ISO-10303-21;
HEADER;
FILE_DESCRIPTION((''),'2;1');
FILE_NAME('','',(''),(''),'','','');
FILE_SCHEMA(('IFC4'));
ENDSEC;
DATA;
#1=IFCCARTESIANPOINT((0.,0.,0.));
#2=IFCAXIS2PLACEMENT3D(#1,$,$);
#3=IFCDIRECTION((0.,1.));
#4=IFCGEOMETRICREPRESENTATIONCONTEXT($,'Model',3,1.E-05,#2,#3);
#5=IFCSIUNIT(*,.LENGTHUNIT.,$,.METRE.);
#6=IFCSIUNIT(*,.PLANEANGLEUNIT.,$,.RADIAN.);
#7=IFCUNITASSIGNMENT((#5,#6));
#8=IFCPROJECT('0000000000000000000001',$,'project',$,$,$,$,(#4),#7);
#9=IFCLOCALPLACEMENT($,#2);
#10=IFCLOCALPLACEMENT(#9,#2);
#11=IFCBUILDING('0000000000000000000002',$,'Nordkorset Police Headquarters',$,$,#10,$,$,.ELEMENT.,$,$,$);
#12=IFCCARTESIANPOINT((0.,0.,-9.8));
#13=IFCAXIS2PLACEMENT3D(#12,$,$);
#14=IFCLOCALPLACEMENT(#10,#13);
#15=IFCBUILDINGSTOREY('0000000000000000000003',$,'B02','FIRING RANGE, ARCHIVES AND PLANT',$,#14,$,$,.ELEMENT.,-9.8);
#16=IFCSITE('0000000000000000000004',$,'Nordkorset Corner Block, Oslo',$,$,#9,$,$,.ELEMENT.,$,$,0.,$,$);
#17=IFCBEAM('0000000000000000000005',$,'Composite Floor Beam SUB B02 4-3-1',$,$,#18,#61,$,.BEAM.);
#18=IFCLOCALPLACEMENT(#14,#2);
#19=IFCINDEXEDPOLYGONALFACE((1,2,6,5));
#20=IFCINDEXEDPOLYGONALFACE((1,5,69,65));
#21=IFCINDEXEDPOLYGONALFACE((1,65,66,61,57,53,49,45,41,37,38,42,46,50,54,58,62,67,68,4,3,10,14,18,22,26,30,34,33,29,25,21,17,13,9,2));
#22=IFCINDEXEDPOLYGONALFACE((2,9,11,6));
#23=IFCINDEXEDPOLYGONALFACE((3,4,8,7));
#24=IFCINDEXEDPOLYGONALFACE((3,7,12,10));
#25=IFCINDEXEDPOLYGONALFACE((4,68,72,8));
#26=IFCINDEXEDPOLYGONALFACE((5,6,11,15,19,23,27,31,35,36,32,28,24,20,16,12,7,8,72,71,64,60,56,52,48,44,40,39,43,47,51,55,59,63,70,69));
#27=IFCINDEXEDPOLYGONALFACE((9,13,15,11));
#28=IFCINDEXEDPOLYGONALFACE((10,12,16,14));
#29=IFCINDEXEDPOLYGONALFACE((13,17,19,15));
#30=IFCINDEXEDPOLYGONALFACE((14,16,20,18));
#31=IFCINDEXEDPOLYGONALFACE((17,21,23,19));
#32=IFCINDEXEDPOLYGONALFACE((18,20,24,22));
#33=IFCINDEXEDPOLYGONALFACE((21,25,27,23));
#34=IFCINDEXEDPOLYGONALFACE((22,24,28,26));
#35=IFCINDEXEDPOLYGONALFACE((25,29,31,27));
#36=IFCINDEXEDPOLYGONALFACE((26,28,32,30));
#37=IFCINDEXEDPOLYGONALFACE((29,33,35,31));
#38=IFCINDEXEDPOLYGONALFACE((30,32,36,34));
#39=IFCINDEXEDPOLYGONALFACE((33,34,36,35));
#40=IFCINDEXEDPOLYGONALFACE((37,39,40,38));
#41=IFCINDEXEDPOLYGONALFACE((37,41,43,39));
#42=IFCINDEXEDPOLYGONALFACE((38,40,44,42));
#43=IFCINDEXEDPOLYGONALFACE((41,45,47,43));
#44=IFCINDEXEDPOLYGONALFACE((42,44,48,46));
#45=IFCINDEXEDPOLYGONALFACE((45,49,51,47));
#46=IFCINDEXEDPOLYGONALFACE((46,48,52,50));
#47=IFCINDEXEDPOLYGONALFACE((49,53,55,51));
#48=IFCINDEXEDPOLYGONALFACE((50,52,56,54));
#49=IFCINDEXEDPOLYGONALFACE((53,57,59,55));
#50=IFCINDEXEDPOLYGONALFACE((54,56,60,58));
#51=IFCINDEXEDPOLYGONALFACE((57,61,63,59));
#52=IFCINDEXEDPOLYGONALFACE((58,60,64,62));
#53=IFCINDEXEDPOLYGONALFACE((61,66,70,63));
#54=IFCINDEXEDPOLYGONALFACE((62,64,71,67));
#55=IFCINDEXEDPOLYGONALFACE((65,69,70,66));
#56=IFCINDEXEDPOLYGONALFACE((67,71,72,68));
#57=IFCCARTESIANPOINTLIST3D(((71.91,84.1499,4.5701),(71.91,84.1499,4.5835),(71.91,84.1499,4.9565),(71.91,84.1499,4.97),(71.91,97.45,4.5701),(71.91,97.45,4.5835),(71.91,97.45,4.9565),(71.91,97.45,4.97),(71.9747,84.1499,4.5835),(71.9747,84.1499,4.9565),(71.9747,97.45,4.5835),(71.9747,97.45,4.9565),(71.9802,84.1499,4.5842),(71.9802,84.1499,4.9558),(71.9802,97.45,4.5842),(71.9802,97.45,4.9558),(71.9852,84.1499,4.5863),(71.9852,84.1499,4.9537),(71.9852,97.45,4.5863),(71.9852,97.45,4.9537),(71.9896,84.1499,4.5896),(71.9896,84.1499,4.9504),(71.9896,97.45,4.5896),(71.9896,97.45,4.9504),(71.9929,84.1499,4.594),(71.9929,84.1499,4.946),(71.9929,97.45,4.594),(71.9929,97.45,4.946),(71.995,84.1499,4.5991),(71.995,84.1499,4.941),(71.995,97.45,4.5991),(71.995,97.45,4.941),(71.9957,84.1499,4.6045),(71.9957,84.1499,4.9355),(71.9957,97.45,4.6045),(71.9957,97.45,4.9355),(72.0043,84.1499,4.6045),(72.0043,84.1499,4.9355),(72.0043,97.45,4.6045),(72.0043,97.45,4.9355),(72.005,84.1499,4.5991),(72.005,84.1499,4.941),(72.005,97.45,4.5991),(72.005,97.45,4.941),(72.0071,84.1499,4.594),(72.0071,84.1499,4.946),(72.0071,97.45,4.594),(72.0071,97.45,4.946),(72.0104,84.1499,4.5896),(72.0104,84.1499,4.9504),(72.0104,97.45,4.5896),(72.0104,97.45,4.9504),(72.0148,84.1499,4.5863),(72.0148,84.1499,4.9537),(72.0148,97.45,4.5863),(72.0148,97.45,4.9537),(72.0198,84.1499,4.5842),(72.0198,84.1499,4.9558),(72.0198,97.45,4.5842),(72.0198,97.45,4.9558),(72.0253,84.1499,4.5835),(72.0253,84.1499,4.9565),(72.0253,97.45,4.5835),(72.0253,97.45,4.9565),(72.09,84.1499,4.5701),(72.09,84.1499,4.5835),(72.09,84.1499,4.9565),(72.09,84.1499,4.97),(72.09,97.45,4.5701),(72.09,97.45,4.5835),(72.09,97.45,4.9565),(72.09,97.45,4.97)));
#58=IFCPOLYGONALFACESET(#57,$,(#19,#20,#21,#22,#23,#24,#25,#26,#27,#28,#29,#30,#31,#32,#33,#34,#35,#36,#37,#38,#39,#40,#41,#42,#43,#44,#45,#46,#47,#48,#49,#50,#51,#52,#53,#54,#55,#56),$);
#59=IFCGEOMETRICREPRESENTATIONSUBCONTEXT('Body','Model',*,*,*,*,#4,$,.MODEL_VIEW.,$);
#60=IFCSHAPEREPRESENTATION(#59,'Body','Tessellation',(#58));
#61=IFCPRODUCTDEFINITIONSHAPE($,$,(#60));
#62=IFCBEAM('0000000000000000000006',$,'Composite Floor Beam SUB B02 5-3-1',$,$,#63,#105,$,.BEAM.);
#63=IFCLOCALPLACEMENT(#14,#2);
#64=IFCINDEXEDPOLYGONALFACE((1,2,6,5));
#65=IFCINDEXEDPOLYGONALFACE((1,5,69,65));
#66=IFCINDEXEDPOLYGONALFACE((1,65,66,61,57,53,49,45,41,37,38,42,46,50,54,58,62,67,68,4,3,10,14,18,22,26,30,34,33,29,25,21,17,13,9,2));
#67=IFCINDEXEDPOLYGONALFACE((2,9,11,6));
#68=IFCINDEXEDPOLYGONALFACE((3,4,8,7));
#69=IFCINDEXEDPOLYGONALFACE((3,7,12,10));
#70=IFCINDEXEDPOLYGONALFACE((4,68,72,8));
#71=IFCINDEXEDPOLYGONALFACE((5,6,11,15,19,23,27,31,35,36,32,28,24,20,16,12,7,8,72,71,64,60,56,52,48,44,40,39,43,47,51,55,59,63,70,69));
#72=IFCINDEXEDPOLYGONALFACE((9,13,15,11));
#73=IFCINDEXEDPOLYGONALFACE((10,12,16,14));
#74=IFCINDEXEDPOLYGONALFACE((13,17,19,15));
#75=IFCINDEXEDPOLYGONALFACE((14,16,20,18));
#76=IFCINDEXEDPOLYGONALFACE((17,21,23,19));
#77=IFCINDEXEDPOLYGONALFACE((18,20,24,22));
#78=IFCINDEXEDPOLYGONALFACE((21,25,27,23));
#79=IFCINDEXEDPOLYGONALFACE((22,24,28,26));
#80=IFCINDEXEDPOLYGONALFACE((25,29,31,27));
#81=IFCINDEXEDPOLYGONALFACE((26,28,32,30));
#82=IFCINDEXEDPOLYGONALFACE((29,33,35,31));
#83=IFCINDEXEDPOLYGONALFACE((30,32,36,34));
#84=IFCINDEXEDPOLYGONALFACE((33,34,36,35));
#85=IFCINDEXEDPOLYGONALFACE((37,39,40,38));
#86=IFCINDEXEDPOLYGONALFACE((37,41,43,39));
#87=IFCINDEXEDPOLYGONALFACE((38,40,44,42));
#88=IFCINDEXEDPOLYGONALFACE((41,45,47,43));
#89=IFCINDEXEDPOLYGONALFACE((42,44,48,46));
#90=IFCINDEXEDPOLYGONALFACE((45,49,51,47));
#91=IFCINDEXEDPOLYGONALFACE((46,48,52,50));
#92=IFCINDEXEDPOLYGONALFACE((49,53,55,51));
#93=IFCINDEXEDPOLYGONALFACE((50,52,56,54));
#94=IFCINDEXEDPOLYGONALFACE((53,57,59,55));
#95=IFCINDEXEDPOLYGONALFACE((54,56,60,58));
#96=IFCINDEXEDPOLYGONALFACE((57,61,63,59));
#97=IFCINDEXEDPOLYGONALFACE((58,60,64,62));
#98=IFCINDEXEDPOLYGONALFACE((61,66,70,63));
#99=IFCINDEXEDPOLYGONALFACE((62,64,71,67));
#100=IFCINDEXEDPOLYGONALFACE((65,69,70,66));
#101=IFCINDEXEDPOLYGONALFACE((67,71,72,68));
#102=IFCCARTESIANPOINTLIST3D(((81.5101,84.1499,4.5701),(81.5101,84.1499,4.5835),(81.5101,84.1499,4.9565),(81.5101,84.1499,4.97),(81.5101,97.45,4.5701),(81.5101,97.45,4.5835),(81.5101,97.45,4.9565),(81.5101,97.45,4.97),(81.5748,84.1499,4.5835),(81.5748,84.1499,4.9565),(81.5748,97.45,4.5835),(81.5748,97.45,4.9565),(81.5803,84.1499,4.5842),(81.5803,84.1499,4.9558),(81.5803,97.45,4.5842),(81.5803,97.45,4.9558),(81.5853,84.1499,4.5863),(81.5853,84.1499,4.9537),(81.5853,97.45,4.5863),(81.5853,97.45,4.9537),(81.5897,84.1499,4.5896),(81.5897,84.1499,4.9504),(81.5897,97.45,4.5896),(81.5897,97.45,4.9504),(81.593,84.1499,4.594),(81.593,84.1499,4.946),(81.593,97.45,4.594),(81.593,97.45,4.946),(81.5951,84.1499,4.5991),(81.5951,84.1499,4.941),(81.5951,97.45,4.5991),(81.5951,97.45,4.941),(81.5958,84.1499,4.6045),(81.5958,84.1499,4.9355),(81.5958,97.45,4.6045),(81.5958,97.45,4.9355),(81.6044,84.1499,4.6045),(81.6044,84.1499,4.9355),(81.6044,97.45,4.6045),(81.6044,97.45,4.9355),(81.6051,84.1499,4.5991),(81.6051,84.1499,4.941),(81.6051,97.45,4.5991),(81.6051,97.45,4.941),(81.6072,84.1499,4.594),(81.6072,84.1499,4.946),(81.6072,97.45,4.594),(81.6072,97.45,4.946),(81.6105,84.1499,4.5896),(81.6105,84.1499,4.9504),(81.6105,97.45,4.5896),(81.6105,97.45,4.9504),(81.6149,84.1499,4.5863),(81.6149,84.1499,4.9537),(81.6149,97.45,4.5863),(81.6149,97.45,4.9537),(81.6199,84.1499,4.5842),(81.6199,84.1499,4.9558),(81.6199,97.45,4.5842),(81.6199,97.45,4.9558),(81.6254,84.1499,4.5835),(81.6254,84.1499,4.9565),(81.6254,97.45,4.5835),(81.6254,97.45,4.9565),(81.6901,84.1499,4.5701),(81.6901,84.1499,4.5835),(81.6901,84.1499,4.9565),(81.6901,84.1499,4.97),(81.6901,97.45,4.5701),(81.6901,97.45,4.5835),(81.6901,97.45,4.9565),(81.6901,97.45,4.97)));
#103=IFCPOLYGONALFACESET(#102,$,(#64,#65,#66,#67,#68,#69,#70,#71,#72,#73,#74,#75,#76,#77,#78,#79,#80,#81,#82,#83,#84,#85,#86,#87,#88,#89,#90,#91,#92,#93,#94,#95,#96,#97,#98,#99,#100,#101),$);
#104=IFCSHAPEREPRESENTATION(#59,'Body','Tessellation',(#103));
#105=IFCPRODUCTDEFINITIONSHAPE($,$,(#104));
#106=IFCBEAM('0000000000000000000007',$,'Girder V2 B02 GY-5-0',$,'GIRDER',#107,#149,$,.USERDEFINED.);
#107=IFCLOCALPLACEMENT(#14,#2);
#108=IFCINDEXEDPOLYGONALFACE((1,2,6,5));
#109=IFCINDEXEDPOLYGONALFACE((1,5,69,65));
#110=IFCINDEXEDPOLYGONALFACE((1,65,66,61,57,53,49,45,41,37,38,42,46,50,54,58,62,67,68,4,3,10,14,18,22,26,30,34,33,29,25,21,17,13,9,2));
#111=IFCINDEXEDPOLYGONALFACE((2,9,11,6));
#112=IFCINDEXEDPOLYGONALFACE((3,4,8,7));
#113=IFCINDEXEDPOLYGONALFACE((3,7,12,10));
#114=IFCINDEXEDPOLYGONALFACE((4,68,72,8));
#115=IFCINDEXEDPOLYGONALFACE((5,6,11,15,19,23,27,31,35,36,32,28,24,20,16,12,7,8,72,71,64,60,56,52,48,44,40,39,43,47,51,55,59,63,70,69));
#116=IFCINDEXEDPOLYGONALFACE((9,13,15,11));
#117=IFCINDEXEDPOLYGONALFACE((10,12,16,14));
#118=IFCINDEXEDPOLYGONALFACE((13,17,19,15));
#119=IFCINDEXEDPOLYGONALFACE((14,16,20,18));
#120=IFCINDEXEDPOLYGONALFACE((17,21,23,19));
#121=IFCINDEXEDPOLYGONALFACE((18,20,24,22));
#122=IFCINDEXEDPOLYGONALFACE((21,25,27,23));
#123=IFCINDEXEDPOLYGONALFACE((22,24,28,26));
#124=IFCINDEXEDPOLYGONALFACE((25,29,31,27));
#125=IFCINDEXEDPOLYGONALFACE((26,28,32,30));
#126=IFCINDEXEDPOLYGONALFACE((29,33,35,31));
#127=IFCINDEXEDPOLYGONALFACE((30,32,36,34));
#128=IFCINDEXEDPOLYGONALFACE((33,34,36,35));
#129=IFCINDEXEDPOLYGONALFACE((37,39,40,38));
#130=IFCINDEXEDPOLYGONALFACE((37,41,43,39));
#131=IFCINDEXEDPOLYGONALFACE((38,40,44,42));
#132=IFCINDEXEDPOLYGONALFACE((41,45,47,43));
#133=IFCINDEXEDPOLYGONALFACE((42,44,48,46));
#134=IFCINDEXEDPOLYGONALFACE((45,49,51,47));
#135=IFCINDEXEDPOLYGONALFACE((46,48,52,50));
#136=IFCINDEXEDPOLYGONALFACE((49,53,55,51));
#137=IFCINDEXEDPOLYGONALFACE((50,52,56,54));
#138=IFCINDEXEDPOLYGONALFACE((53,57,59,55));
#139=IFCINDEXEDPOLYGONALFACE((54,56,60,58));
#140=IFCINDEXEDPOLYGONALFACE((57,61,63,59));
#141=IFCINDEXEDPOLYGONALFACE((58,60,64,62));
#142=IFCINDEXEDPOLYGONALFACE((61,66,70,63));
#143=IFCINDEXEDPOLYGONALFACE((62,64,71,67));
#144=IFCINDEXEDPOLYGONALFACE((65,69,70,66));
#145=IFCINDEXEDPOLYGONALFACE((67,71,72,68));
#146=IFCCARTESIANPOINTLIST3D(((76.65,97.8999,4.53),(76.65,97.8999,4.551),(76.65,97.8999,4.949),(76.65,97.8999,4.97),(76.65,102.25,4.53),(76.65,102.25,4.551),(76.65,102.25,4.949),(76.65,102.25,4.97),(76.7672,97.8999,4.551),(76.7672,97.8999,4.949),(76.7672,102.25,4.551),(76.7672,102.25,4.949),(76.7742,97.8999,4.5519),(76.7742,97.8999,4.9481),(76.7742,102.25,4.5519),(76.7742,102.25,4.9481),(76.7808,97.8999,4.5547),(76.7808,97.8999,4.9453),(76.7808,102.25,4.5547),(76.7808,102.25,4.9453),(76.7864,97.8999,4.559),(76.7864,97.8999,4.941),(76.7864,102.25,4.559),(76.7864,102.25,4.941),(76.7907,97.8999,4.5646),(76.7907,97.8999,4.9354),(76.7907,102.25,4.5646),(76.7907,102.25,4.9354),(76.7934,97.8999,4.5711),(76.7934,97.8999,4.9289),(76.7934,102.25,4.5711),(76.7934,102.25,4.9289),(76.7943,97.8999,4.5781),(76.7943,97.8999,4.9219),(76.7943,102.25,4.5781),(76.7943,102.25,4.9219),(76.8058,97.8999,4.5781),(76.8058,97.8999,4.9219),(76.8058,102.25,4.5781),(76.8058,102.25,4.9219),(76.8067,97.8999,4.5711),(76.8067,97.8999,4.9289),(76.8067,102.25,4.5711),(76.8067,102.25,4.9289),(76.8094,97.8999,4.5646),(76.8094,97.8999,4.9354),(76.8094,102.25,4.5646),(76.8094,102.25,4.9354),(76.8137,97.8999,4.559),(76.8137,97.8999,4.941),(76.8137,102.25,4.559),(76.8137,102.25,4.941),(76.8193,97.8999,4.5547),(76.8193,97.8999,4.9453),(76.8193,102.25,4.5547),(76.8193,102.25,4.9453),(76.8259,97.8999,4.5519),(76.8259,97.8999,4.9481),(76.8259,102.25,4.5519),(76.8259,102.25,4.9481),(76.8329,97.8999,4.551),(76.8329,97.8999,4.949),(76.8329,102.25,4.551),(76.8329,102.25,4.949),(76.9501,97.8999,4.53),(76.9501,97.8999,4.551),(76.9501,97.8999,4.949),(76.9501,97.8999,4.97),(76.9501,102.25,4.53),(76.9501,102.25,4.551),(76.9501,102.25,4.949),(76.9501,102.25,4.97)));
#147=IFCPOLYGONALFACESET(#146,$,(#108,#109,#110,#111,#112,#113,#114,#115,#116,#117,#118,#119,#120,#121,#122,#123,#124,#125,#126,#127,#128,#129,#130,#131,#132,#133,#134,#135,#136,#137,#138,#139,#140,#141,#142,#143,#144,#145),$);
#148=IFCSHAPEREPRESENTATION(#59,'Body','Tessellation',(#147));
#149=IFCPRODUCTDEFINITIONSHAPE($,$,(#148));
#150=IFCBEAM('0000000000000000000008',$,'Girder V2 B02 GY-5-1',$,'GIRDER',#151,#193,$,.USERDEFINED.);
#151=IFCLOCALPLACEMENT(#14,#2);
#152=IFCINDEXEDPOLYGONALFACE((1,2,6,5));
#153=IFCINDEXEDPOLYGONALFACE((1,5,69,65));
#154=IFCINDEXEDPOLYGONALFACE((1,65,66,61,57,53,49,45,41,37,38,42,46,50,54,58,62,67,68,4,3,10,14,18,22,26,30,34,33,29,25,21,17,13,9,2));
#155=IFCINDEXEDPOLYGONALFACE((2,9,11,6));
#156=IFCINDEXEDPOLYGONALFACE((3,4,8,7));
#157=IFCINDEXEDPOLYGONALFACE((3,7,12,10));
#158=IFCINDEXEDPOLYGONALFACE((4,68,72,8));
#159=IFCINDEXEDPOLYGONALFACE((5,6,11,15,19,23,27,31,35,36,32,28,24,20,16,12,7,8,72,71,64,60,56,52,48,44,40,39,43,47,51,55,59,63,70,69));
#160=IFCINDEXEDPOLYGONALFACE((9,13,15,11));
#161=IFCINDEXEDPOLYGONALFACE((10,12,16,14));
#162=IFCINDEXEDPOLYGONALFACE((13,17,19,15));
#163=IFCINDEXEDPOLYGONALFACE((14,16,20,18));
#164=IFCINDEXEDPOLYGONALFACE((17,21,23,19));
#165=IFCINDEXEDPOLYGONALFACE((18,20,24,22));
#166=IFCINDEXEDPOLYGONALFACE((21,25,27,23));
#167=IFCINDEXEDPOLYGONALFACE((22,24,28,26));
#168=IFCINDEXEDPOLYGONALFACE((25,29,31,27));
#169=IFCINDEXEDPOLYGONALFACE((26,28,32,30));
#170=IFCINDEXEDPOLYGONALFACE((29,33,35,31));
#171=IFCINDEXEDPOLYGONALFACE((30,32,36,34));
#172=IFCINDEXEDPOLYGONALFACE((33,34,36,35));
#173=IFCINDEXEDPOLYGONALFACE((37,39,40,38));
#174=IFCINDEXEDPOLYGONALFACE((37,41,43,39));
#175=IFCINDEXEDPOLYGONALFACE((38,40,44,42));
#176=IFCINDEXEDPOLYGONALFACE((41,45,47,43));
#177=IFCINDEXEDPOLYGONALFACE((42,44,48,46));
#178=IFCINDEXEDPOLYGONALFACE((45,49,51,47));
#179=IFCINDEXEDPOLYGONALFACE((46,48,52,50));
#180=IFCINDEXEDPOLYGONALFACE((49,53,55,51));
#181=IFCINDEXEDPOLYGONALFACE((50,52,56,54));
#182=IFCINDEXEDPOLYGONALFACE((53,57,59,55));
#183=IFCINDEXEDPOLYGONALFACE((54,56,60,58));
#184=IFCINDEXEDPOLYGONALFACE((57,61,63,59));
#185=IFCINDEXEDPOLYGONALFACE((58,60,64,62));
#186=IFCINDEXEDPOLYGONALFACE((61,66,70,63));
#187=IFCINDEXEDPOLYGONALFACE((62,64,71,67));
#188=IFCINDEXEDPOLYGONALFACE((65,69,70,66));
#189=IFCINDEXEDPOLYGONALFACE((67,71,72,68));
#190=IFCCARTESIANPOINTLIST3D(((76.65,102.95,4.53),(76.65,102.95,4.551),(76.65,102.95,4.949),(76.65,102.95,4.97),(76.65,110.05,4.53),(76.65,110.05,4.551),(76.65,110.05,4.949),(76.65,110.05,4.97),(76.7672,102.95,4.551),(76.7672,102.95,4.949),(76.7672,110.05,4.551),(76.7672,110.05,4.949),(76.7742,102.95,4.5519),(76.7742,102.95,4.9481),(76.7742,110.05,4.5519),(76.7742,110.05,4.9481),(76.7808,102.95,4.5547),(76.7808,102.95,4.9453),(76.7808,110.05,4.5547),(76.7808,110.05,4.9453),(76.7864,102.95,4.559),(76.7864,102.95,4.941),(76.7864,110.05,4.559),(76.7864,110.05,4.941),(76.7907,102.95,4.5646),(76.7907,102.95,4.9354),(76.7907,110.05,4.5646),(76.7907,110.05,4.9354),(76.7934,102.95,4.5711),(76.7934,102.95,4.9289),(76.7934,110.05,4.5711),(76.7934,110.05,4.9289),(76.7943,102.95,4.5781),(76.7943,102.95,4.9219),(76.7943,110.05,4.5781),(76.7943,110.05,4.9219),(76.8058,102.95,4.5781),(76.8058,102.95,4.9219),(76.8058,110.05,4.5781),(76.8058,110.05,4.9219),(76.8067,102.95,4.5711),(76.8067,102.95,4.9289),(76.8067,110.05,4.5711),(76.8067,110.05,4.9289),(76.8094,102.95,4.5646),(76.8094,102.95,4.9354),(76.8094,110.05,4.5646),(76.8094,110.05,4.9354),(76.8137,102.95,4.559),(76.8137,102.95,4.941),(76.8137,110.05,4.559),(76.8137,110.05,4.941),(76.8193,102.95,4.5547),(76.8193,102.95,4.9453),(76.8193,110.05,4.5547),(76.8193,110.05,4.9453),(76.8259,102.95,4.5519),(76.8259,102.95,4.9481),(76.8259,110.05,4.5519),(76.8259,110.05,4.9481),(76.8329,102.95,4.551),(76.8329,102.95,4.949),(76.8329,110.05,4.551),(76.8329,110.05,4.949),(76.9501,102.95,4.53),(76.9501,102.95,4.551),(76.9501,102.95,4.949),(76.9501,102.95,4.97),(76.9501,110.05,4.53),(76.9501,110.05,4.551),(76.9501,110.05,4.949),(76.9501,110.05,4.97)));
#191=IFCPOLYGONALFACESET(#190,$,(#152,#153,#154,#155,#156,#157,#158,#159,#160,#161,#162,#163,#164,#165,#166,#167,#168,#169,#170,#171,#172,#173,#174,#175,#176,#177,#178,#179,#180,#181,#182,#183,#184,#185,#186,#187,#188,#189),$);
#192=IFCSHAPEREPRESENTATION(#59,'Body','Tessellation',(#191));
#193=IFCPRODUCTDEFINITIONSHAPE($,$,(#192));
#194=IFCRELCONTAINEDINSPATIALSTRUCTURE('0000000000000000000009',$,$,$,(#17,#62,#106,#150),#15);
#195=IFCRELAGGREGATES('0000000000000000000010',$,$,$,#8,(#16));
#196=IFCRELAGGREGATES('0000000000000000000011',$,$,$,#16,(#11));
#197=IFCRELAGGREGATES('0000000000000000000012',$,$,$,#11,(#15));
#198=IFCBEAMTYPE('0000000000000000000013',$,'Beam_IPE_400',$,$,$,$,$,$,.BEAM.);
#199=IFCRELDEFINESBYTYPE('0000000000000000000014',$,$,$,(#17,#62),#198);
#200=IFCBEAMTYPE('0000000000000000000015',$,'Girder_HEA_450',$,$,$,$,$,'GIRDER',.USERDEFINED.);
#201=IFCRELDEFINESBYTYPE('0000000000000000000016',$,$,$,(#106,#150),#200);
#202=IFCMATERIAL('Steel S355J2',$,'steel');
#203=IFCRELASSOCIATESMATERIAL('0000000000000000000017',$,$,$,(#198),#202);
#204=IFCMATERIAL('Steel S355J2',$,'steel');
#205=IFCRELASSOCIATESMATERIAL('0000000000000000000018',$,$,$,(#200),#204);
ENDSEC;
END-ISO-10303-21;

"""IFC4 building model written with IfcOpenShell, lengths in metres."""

from ifc_helpers import new_model, si_unit, direction, frame, origin, origin_2d, place, context, subcontext, project, spatial, i_section, extrude, material, material_profile, profile_set, type_object, element, save


model = new_model("IFC4")

# Units and contexts
model_context = context("Model", 3, precision=1e-05, world=origin(), true_north=direction((0.0, 1.0)))
body_context = subcontext(model_context, "Body", "Model", "MODEL_VIEW")
ifc_project = project(units=[si_unit("LENGTHUNIT", "METRE"), si_unit("PLANEANGLEUNIT", "RADIAN")], contexts=[model_context])

# Site, building, storey
site_placement = place(None, origin())
site = spatial("IfcSite", under=ifc_project, at=site_placement, Name="Nordkorset Corner Block, Oslo", CompositionType="ELEMENT", RefElevation=0.0)
building_placement = place(site_placement, origin())
building = spatial("IfcBuilding", under=site, at=building_placement, Name="Nordkorset Police Headquarters", CompositionType="ELEMENT")
storey_placement = place(building_placement, frame((0.0, 0.0, -9.8)))
storey = spatial("IfcBuildingStorey", under=building, at=storey_placement, Name="B02", Description="FIRING RANGE, ARCHIVES AND PLANT", CompositionType="ELEMENT", Elevation=-9.8)

# Beams
ifc_material_1 = material(Name="Steel S355J2", Category="steel")
ifc_material_profile_1 = material_profile(ifc_material_1, i_section(OverallWidth=0.1799, OverallDepth=0.3999, WebThickness=0.0085, FlangeThickness=0.0134, FilletRadius=0.021, at=origin_2d()), Name="IPE 400")
ifc_profile_set_1 = profile_set([ifc_material_profile_1], Name="Steel S355J2")
beam_type_1 = type_object("IfcBeamType", Name="Beam_IPE_400", PredefinedType="BEAM", material=ifc_profile_set_1)
for number, where, z_axis, x_axis, name in (
    (1, (72.0, 84.1499, 4.77), (0.0, 1.0, 0.0), (-1.0, 0.0, 0.0), "Composite Floor Beam SUB B02 4-3-1"),
    (2, (81.6001, 84.1499, 4.77), (0.0, 1.0, 0.0), (-1.0, 0.0, 0.0), "Composite Floor Beam SUB B02 5-3-1"),
):
    element("IfcBeam", number, at=place(storey_placement, frame(where, z_axis=z_axis, x_axis=x_axis)), inside=storey, type_object=beam_type_1, Name=name, PredefinedType="BEAM", context=body_context, shape_type="SweptSolid", body=[
        extrude(i_section(OverallWidth=0.1799, OverallDepth=0.3999, WebThickness=0.0085, FlangeThickness=0.0134, FilletRadius=0.021, at=origin_2d()), origin(), (0.0, 0.0, 1.0), 13.3),
    ])
ifc_material_2 = material(Name="Steel S355J2", Category="steel")
ifc_material_profile_2 = material_profile(ifc_material_2, i_section(OverallWidth=0.3, OverallDepth=0.4399, WebThickness=0.0115, FlangeThickness=0.021, FilletRadius=0.0271, at=origin_2d()), Name="HEA 450")
ifc_profile_set_2 = profile_set([ifc_material_profile_2], Name="Steel S355J2")
beam_type_2 = type_object("IfcBeamType", Name="Girder_HEA_450", ElementType="GIRDER", PredefinedType="USERDEFINED", material=ifc_profile_set_2)
beam_1_placement = place(storey_placement, frame((76.8, 97.8999, 4.75), z_axis=(0.0, 1.0, 0.0), x_axis=(-1.0, 0.0, 0.0)))
element("IfcBeam", 3, at=beam_1_placement, inside=storey, type_object=beam_type_2, Name="Girder V2 B02 GY-5-0", ObjectType="GIRDER", PredefinedType="USERDEFINED", context=body_context, shape_type="SweptSolid", body=[
    extrude(i_section(OverallWidth=0.3, OverallDepth=0.4399, WebThickness=0.0115, FlangeThickness=0.021, FilletRadius=0.0271, at=origin_2d()), origin(), (0.0, 0.0, 1.0), 4.3501),
])
beam_2_placement = place(storey_placement, frame((76.8, 102.95, 4.75), z_axis=(0.0, 1.0, 0.0), x_axis=(-1.0, 0.0, 0.0)))
element("IfcBeam", 4, at=beam_2_placement, inside=storey, type_object=beam_type_2, Name="Girder V2 B02 GY-5-1", ObjectType="GIRDER", PredefinedType="USERDEFINED", context=body_context, shape_type="SweptSolid", body=[
    extrude(i_section(OverallWidth=0.3, OverallDepth=0.4399, WebThickness=0.0115, FlangeThickness=0.021, FilletRadius=0.0271, at=origin_2d()), origin(), (0.0, 0.0, 1.0), 7.1001),
])

save(model, "model.ifc")
